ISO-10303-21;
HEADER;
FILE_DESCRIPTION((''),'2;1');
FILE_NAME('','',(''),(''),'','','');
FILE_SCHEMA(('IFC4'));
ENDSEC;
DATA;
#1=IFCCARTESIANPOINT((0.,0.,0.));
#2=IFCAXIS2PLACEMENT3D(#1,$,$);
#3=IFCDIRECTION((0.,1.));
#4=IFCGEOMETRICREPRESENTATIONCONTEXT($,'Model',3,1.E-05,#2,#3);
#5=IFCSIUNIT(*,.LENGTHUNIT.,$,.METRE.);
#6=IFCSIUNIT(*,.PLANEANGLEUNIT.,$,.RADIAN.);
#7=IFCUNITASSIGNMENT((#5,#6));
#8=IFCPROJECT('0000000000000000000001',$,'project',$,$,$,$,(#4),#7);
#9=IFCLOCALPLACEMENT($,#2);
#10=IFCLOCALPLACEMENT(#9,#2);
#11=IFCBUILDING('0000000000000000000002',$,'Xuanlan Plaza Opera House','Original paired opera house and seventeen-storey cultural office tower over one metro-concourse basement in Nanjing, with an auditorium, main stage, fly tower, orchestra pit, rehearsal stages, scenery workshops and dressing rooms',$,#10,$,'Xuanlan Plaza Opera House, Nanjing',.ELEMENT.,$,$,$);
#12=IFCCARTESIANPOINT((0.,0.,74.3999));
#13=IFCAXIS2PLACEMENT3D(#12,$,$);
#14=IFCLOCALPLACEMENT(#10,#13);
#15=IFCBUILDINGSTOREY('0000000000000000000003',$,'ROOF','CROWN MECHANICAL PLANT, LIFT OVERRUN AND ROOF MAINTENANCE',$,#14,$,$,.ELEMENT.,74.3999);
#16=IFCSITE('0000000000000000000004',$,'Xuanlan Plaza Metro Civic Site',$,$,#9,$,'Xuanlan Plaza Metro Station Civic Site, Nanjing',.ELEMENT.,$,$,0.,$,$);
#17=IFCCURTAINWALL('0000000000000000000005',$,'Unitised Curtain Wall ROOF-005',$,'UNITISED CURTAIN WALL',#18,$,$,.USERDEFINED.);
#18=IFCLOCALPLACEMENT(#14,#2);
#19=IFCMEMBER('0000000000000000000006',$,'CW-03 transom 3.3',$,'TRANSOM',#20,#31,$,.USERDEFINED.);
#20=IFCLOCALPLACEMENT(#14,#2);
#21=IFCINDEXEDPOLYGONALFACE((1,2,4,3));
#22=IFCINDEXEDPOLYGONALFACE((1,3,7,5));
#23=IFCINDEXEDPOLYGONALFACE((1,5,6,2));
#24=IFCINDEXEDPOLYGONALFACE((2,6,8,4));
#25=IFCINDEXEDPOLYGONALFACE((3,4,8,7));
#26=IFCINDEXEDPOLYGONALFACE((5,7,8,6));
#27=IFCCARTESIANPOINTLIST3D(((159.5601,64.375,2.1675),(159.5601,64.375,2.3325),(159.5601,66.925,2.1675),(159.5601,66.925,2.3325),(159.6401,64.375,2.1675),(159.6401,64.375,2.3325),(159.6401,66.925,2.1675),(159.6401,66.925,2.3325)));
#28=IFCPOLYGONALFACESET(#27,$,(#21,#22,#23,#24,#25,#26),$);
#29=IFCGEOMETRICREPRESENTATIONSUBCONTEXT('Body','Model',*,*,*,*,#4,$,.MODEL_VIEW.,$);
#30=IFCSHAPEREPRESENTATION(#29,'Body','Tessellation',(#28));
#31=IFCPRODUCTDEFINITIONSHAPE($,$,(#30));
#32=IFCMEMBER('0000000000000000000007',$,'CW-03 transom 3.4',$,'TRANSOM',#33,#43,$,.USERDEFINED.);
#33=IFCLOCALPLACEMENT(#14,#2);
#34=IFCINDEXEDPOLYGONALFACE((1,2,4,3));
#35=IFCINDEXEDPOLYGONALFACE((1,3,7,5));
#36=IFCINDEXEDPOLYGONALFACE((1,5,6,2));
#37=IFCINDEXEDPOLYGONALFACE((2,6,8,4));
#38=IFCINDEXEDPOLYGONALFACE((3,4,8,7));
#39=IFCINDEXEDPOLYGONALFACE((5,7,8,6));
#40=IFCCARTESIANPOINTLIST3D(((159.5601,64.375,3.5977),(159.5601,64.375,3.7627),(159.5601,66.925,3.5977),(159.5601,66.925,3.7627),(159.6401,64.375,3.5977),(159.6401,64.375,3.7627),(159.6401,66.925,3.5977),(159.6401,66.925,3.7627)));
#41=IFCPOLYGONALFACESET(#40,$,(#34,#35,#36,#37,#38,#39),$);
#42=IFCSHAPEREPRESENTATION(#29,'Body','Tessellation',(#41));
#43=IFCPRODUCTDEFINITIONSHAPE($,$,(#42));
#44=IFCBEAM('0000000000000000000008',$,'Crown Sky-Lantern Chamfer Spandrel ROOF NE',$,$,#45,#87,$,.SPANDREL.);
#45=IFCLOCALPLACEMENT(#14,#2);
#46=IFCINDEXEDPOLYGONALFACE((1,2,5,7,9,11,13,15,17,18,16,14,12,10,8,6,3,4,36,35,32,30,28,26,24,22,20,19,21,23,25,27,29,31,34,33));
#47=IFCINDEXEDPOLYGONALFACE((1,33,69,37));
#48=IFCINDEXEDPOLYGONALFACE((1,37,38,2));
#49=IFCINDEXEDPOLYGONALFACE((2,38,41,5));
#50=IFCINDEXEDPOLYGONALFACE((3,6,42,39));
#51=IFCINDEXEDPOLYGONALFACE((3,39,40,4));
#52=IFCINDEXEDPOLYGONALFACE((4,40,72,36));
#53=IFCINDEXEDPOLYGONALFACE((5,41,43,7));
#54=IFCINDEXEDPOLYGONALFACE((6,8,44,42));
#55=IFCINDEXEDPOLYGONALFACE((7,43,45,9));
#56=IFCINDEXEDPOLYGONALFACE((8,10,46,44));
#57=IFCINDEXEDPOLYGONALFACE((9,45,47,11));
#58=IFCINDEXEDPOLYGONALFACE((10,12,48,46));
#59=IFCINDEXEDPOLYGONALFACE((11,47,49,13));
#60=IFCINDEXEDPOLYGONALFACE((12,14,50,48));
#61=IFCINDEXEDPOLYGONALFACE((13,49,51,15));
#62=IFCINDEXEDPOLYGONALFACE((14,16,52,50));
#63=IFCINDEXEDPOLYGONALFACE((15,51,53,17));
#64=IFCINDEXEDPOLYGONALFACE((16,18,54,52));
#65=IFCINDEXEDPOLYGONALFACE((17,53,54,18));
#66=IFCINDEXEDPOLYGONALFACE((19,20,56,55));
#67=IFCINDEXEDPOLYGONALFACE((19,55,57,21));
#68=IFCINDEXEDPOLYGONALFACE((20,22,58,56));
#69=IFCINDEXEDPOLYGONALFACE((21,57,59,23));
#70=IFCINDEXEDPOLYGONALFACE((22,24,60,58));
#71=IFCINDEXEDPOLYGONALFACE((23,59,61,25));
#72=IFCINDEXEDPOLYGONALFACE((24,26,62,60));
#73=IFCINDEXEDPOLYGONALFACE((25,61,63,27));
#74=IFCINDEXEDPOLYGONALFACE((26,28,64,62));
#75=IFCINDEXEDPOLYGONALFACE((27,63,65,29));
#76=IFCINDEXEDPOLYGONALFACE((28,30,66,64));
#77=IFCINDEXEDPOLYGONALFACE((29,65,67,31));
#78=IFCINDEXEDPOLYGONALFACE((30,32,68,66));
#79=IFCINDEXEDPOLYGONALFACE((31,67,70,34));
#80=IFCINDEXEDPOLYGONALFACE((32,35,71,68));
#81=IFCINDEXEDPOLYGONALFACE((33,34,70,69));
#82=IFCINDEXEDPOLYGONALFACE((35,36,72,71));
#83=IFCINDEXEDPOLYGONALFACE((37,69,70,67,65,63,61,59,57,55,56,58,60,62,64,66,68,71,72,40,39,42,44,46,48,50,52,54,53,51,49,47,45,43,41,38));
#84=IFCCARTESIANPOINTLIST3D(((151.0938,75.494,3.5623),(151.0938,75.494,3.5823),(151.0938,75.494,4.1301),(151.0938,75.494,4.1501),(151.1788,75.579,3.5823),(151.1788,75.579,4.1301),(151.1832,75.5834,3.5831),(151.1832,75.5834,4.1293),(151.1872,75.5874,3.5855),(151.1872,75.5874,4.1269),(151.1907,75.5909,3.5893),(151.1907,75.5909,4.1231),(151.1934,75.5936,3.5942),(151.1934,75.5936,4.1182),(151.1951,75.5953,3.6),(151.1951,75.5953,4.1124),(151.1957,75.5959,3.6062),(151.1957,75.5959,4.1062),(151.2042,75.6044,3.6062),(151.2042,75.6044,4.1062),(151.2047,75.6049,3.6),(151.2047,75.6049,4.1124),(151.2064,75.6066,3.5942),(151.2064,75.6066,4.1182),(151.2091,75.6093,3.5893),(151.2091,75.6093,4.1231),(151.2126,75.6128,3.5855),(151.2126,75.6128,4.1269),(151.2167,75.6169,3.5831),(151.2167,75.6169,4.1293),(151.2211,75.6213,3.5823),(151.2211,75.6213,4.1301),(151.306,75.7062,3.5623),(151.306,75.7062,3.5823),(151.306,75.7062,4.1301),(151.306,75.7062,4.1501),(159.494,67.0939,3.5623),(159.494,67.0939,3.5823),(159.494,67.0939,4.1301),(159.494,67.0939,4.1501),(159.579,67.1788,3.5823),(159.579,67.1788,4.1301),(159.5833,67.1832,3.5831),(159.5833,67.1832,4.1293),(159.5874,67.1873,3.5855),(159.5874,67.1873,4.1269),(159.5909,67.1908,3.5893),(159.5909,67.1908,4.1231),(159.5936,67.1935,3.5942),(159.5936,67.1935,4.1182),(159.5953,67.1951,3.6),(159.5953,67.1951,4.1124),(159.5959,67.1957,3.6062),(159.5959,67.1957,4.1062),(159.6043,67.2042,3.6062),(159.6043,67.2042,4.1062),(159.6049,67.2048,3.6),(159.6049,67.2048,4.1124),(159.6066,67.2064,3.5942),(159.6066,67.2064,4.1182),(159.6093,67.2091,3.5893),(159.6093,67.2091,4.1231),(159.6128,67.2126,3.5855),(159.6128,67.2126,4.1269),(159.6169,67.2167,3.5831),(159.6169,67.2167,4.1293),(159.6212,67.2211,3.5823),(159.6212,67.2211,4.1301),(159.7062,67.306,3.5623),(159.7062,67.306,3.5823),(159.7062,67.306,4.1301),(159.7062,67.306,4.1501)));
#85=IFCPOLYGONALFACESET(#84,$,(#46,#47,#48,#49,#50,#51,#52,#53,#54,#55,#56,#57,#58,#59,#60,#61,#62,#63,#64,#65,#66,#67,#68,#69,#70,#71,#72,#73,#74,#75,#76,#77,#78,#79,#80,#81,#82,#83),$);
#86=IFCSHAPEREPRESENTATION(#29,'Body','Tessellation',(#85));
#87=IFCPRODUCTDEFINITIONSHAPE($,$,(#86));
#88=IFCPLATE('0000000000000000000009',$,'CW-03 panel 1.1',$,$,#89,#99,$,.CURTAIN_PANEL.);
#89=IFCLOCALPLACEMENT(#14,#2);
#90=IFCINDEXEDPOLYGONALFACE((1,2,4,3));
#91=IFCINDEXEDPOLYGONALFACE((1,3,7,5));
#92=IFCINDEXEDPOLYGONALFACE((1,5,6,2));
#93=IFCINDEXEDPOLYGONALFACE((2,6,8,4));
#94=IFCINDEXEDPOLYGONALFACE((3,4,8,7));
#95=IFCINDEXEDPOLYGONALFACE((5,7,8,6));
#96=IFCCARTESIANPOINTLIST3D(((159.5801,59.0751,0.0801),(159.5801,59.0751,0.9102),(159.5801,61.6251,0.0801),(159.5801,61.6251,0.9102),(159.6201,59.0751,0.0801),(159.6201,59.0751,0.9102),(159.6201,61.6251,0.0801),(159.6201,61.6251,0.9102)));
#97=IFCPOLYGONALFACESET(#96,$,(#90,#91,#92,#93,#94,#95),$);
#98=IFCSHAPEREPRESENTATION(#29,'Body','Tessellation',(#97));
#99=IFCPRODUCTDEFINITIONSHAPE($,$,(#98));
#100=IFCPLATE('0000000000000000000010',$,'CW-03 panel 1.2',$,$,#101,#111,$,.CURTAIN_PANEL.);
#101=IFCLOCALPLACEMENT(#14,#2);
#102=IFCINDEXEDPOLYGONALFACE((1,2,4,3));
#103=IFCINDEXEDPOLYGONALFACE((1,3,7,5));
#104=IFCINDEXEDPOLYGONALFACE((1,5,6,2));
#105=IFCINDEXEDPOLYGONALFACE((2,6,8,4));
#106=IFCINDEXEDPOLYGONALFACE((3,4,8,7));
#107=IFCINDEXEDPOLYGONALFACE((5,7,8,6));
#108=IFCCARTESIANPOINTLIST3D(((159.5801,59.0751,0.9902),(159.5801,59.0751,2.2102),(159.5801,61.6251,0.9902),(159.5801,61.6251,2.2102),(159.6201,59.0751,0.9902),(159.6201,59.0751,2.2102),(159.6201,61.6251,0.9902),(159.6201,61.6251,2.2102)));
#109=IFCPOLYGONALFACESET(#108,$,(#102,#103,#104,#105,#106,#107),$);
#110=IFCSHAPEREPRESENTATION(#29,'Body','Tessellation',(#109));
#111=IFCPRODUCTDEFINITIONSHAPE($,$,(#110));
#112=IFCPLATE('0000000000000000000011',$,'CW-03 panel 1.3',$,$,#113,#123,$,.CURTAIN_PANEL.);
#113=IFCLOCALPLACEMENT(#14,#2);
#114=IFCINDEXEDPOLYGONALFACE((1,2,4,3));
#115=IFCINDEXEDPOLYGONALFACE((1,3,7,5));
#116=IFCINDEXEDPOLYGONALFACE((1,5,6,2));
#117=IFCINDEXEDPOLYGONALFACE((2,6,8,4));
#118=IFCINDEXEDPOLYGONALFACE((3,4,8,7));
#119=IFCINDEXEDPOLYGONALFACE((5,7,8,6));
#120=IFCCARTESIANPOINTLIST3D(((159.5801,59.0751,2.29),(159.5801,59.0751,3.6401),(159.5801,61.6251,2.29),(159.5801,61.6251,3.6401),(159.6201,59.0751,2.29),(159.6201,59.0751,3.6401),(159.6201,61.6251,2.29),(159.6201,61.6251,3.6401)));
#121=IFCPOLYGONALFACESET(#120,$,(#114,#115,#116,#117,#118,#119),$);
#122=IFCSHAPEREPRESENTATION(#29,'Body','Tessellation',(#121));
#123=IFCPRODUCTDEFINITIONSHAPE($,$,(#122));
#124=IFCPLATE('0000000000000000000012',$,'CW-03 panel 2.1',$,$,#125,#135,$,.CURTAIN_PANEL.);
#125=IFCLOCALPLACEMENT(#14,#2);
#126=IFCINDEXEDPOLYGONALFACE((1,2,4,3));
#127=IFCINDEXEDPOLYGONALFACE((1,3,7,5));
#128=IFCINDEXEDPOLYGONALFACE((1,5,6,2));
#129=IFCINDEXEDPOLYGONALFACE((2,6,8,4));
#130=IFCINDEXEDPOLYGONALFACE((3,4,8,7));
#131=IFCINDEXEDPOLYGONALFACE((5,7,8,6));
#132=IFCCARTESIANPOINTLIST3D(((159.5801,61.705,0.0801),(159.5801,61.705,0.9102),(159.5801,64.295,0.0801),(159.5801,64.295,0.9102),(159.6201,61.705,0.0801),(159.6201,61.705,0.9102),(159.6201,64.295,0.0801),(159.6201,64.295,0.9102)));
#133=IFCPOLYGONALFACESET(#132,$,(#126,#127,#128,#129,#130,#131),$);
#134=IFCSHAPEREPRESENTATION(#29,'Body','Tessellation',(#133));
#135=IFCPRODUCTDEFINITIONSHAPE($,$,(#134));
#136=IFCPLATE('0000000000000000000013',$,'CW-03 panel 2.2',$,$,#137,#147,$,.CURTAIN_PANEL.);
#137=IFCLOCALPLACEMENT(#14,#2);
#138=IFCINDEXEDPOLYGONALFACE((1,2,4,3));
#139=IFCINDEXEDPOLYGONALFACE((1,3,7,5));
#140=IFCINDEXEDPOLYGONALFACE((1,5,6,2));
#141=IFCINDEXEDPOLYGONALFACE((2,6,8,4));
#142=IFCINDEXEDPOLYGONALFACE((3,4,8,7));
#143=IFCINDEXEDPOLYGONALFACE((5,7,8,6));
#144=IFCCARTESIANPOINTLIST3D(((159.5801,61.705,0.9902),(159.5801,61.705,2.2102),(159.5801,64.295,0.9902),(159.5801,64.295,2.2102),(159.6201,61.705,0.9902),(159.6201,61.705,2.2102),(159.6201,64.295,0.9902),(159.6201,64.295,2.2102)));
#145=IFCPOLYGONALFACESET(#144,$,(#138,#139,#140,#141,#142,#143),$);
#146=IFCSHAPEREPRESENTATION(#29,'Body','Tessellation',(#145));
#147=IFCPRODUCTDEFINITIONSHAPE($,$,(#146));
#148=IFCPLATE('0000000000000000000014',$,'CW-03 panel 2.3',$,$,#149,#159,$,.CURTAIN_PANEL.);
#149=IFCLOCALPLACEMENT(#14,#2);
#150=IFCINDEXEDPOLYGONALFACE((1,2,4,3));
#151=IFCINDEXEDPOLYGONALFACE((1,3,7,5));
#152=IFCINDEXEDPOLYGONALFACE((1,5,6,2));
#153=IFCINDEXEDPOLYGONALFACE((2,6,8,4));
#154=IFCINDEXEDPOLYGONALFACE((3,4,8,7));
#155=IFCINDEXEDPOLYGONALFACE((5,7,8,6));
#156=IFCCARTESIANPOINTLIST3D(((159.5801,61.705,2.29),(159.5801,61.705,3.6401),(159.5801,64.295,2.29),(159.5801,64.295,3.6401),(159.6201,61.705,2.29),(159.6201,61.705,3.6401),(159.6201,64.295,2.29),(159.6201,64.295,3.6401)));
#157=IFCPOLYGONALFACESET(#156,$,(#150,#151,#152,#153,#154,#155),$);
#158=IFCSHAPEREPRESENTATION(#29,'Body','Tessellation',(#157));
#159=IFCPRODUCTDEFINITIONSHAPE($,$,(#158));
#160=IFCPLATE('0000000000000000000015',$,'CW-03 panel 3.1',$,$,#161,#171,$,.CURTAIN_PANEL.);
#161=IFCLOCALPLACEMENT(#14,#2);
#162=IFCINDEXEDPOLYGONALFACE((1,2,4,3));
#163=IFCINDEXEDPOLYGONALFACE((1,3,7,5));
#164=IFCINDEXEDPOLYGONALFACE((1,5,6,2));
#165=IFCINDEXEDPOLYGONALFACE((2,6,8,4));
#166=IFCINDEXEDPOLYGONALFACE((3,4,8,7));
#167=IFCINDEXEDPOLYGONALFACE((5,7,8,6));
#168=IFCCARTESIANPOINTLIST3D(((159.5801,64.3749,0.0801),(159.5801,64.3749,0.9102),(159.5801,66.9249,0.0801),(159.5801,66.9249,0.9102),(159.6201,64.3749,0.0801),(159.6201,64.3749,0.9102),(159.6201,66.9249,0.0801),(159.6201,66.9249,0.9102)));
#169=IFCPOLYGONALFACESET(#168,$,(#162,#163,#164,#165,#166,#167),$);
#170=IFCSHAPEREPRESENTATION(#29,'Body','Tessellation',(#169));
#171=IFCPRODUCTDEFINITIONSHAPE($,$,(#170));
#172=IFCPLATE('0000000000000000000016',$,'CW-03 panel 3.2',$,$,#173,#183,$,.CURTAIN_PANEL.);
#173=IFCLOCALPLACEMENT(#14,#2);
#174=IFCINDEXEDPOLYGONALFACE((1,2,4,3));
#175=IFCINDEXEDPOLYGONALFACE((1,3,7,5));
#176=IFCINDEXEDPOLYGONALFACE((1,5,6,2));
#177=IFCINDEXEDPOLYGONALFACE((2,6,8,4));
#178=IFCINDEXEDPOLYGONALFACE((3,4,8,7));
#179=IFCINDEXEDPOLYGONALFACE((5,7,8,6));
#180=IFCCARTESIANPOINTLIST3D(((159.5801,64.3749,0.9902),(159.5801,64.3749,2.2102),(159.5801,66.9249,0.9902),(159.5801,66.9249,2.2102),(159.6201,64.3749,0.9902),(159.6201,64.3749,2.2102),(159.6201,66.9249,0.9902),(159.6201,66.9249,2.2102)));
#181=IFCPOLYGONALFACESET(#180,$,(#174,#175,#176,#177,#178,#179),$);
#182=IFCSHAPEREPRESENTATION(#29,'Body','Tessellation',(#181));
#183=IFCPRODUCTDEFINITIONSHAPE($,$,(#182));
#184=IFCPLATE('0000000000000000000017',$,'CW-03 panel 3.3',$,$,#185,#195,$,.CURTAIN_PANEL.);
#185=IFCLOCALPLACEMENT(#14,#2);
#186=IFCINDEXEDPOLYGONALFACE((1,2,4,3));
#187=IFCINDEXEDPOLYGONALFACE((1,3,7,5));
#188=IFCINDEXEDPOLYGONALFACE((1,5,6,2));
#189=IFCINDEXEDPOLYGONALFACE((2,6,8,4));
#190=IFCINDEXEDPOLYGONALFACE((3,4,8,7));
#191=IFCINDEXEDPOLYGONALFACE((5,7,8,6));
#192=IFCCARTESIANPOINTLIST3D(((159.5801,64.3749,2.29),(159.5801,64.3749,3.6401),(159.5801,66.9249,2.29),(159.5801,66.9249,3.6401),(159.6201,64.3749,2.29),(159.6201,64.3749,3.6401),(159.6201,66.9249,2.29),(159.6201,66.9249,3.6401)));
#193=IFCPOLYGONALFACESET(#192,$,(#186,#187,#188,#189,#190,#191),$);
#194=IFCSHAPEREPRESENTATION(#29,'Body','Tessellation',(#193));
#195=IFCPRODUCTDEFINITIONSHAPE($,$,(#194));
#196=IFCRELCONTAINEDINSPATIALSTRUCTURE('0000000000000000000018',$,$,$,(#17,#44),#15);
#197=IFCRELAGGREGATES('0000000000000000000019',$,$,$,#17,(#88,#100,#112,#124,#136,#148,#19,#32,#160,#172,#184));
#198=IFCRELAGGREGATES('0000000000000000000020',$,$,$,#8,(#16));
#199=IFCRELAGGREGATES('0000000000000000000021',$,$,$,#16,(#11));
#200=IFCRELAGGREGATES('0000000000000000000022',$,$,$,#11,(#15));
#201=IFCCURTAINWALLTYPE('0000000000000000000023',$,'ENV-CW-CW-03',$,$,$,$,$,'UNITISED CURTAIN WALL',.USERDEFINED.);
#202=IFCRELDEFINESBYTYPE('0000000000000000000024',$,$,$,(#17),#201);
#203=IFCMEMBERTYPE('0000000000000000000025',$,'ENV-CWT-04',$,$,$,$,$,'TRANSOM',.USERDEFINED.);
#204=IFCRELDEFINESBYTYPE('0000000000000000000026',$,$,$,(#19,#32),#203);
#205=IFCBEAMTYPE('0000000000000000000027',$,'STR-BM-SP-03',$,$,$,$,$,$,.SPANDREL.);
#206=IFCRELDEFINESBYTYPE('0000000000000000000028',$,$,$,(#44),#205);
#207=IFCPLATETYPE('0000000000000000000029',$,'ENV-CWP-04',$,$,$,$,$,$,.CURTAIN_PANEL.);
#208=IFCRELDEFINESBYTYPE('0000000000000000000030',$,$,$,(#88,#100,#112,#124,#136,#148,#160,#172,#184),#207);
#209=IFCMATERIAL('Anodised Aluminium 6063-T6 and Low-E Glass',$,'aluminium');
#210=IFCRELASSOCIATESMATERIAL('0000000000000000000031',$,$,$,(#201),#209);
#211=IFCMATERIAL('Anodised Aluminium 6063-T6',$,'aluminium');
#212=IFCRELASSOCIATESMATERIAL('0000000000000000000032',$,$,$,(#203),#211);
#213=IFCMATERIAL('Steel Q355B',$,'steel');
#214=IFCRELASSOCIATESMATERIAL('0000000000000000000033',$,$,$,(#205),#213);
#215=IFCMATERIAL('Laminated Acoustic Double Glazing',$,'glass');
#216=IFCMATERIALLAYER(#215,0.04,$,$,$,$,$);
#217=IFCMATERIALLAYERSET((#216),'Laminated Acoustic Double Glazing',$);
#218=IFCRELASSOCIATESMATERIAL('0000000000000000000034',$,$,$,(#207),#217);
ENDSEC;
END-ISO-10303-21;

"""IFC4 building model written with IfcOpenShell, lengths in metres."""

from ifc_helpers import new_model, si_unit, direction, frame, origin, origin_2d, place, context, subcontext, project, spatial, rectangle, i_section, extrude, material, layer, layer_set, material_profile, profile_set, type_object, element, aggregate, save


model = new_model("IFC4")

# Units and contexts
model_context = context("Model", 3, precision=1e-05, world=origin(), true_north=direction((0.0, 1.0)))
body_context = subcontext(model_context, "Body", "Model", "MODEL_VIEW")
ifc_project = project(units=[si_unit("LENGTHUNIT", "METRE"), si_unit("PLANEANGLEUNIT", "RADIAN")], contexts=[model_context])

# Site, building, storey
site_placement = place(None, origin())
site = spatial("IfcSite", under=ifc_project, at=site_placement, Name="Xuanlan Plaza Metro Civic Site", LongName="Xuanlan Plaza Metro Station Civic Site, Nanjing", CompositionType="ELEMENT", RefElevation=0.0)
building_placement = place(site_placement, origin())
building = spatial("IfcBuilding", under=site, at=building_placement, Name="Xuanlan Plaza Opera House", Description="Original paired opera house and seventeen-storey cultural office tower over one metro-concourse basement in Nanjing, with an auditorium, main stage, fly tower, orchestra pit, rehearsal stages, scenery workshops and dressing rooms", LongName="Xuanlan Plaza Opera House, Nanjing", CompositionType="ELEMENT")
storey_placement = place(building_placement, frame((0.0, 0.0, 74.3999)))
storey = spatial("IfcBuildingStorey", under=building, at=storey_placement, Name="ROOF", Description="CROWN MECHANICAL PLANT, LIFT OVERRUN AND ROOF MAINTENANCE", CompositionType="ELEMENT", Elevation=74.3999)

# Shared definitions
ifc_material_1 = material(Name="Steel Q355B", Category="steel")

# Curtain wall, members
ifc_material_2 = material(Name="Anodised Aluminium 6063-T6 and Low-E Glass", Category="aluminium")
curtain_wall_type = type_object("IfcCurtainWallType", Name="ENV-CW-CW-03", ElementType="UNITISED CURTAIN WALL", PredefinedType="USERDEFINED", material=ifc_material_2)
curtain_wall_placement = place(storey_placement, origin())
curtain_wall = element("IfcCurtainWall", 1, at=curtain_wall_placement, inside=storey, type_object=curtain_wall_type, Name="Unitised Curtain Wall ROOF-005", ObjectType="UNITISED CURTAIN WALL", PredefinedType="USERDEFINED")
ifc_material_3 = material(Name="Anodised Aluminium 6063-T6", Category="aluminium")
ifc_material_profile_1 = material_profile(ifc_material_3, rectangle(XDim=0.0801, YDim=0.165, at=origin_2d()), Name="ALU-T 80x165")
ifc_profile_set_1 = profile_set([ifc_material_profile_1], Name="Anodised Aluminium 6063-T6")
member_type_1 = type_object("IfcMemberType", Name="ENV-CWT-04", ElementType="TRANSOM", PredefinedType="USERDEFINED", material=ifc_profile_set_1)
member_1_placement = place(storey_placement, frame((159.6001, 64.375, 2.25), z_axis=(0.0, 1.0, 0.0), x_axis=(-1.0, 0.0, 0.0)))
member_1 = element("IfcMember", 2, at=member_1_placement, type_object=member_type_1, Name="CW-03 transom 3.3", ObjectType="TRANSOM", PredefinedType="USERDEFINED", context=body_context, shape_type="SweptSolid", body=[
    extrude(rectangle(XDim=0.0801, YDim=0.165, at=origin_2d()), origin(), (0.0, 0.0, 1.0), 2.55),
])
member_2_placement = place(storey_placement, frame((159.6001, 64.375, 3.6802), z_axis=(0.0, 1.0, 0.0), x_axis=(-1.0, 0.0, 0.0)))
member_2 = element("IfcMember", 3, at=member_2_placement, type_object=member_type_1, Name="CW-03 transom 3.4", ObjectType="TRANSOM", PredefinedType="USERDEFINED", context=body_context, shape_type="SweptSolid", body=[
    extrude(rectangle(XDim=0.0801, YDim=0.165, at=origin_2d()), origin(), (0.0, 0.0, 1.0), 2.55),
])

# Beam
ifc_material_profile_2 = material_profile(ifc_material_1, i_section(OverallWidth=0.3, OverallDepth=0.5879, WebThickness=0.012, FlangeThickness=0.02, FilletRadius=0.0239, at=origin_2d()), Name="HM 588x300x12x20")
ifc_profile_set_2 = profile_set([ifc_material_profile_2], Name="Steel Q355B")
beam_type = type_object("IfcBeamType", Name="STR-BM-SP-03", PredefinedType="SPANDREL", material=ifc_profile_set_2)
beam_placement = place(storey_placement, frame((159.6001, 67.2, 3.8562), z_axis=(-0.707107, 0.707107, 0.0), x_axis=(-0.707107, -0.707107, 0.0)))
element("IfcBeam", 4, at=beam_placement, inside=storey, type_object=beam_type, Name="Crown Sky-Lantern Chamfer Spandrel ROOF NE", PredefinedType="SPANDREL", context=body_context, shape_type="SweptSolid", body=[
    extrude(i_section(OverallWidth=0.3, OverallDepth=0.5879, WebThickness=0.012, FlangeThickness=0.02, FilletRadius=0.0239, at=origin_2d()), origin(), (0.0, 0.0, 1.0), 11.8796),
])

# Plates
ifc_material_4 = material(Name="Laminated Acoustic Double Glazing", Category="glass")
ifc_layer_1 = layer(ifc_material_4, 0.04)
ifc_layer_set_1 = layer_set([ifc_layer_1], Name="Laminated Acoustic Double Glazing")
plate_type = type_object("IfcPlateType", Name="ENV-CWP-04", PredefinedType="CURTAIN_PANEL", material=ifc_layer_set_1)
plate_1_placement = place(storey_placement, frame((159.6001, 60.3501, 0.0801), z_axis=(0.0, 0.0, 1.0), x_axis=(0.0, 1.0, 0.0)))
plate_1 = element("IfcPlate", 5, at=plate_1_placement, type_object=plate_type, Name="CW-03 panel 1.1", PredefinedType="CURTAIN_PANEL", context=body_context, shape_type="SweptSolid", body=[
    extrude(rectangle(XDim=2.55, YDim=0.04, at=origin_2d()), origin(), (0.0, 0.0, 1.0), 0.8301),
])
plate_2_placement = place(storey_placement, frame((159.6001, 60.3501, 0.9902), z_axis=(0.0, 0.0, 1.0), x_axis=(0.0, 1.0, 0.0)))
plate_2 = element("IfcPlate", 6, at=plate_2_placement, type_object=plate_type, Name="CW-03 panel 1.2", PredefinedType="CURTAIN_PANEL", context=body_context, shape_type="SweptSolid", body=[
    extrude(rectangle(XDim=2.55, YDim=0.04, at=origin_2d()), origin(), (0.0, 0.0, 1.0), 1.22),
])
plate_3_placement = place(storey_placement, frame((159.6001, 60.3501, 2.29), z_axis=(0.0, 0.0, 1.0), x_axis=(0.0, 1.0, 0.0)))
plate_3 = element("IfcPlate", 7, at=plate_3_placement, type_object=plate_type, Name="CW-03 panel 1.3", PredefinedType="CURTAIN_PANEL", context=body_context, shape_type="SweptSolid", body=[
    extrude(rectangle(XDim=2.55, YDim=0.04, at=origin_2d()), origin(), (0.0, 0.0, 1.0), 1.3501),
])
plate_4_placement = place(storey_placement, frame((159.6001, 63.0, 0.0801), z_axis=(0.0, 0.0, 1.0), x_axis=(0.0, 1.0, 0.0)))
plate_4 = element("IfcPlate", 8, at=plate_4_placement, type_object=plate_type, Name="CW-03 panel 2.1", PredefinedType="CURTAIN_PANEL", context=body_context, shape_type="SweptSolid", body=[
    extrude(rectangle(XDim=2.5901, YDim=0.04, at=origin_2d()), origin(), (0.0, 0.0, 1.0), 0.8301),
])
plate_5_placement = place(storey_placement, frame((159.6001, 63.0, 0.9902), z_axis=(0.0, 0.0, 1.0), x_axis=(0.0, 1.0, 0.0)))
plate_5 = element("IfcPlate", 9, at=plate_5_placement, type_object=plate_type, Name="CW-03 panel 2.2", PredefinedType="CURTAIN_PANEL", context=body_context, shape_type="SweptSolid", body=[
    extrude(rectangle(XDim=2.5901, YDim=0.04, at=origin_2d()), origin(), (0.0, 0.0, 1.0), 1.22),
])
plate_6_placement = place(storey_placement, frame((159.6001, 63.0, 2.29), z_axis=(0.0, 0.0, 1.0), x_axis=(0.0, 1.0, 0.0)))
plate_6 = element("IfcPlate", 10, at=plate_6_placement, type_object=plate_type, Name="CW-03 panel 2.3", PredefinedType="CURTAIN_PANEL", context=body_context, shape_type="SweptSolid", body=[
    extrude(rectangle(XDim=2.5901, YDim=0.04, at=origin_2d()), origin(), (0.0, 0.0, 1.0), 1.3501),
])
plate_7_placement = place(storey_placement, frame((159.6001, 65.6499, 0.0801), z_axis=(0.0, 0.0, 1.0), x_axis=(0.0, 1.0, 0.0)))
plate_7 = element("IfcPlate", 11, at=plate_7_placement, type_object=plate_type, Name="CW-03 panel 3.1", PredefinedType="CURTAIN_PANEL", context=body_context, shape_type="SweptSolid", body=[
    extrude(rectangle(XDim=2.55, YDim=0.04, at=origin_2d()), origin(), (0.0, 0.0, 1.0), 0.8301),
])
plate_8_placement = place(storey_placement, frame((159.6001, 65.6499, 0.9902), z_axis=(0.0, 0.0, 1.0), x_axis=(0.0, 1.0, 0.0)))
plate_8 = element("IfcPlate", 12, at=plate_8_placement, type_object=plate_type, Name="CW-03 panel 3.2", PredefinedType="CURTAIN_PANEL", context=body_context, shape_type="SweptSolid", body=[
    extrude(rectangle(XDim=2.55, YDim=0.04, at=origin_2d()), origin(), (0.0, 0.0, 1.0), 1.22),
])
plate_9_placement = place(storey_placement, frame((159.6001, 65.6499, 2.29), z_axis=(0.0, 0.0, 1.0), x_axis=(0.0, 1.0, 0.0)))
plate_9 = element("IfcPlate", 13, at=plate_9_placement, type_object=plate_type, Name="CW-03 panel 3.3", PredefinedType="CURTAIN_PANEL", context=body_context, shape_type="SweptSolid", body=[
    extrude(rectangle(XDim=2.55, YDim=0.04, at=origin_2d()), origin(), (0.0, 0.0, 1.0), 1.3501),
])
aggregate(curtain_wall, [plate_1, plate_2, plate_3, plate_4, plate_5, plate_6, member_1, member_2, plate_7, plate_8, plate_9])

save(model, "model.ifc")
